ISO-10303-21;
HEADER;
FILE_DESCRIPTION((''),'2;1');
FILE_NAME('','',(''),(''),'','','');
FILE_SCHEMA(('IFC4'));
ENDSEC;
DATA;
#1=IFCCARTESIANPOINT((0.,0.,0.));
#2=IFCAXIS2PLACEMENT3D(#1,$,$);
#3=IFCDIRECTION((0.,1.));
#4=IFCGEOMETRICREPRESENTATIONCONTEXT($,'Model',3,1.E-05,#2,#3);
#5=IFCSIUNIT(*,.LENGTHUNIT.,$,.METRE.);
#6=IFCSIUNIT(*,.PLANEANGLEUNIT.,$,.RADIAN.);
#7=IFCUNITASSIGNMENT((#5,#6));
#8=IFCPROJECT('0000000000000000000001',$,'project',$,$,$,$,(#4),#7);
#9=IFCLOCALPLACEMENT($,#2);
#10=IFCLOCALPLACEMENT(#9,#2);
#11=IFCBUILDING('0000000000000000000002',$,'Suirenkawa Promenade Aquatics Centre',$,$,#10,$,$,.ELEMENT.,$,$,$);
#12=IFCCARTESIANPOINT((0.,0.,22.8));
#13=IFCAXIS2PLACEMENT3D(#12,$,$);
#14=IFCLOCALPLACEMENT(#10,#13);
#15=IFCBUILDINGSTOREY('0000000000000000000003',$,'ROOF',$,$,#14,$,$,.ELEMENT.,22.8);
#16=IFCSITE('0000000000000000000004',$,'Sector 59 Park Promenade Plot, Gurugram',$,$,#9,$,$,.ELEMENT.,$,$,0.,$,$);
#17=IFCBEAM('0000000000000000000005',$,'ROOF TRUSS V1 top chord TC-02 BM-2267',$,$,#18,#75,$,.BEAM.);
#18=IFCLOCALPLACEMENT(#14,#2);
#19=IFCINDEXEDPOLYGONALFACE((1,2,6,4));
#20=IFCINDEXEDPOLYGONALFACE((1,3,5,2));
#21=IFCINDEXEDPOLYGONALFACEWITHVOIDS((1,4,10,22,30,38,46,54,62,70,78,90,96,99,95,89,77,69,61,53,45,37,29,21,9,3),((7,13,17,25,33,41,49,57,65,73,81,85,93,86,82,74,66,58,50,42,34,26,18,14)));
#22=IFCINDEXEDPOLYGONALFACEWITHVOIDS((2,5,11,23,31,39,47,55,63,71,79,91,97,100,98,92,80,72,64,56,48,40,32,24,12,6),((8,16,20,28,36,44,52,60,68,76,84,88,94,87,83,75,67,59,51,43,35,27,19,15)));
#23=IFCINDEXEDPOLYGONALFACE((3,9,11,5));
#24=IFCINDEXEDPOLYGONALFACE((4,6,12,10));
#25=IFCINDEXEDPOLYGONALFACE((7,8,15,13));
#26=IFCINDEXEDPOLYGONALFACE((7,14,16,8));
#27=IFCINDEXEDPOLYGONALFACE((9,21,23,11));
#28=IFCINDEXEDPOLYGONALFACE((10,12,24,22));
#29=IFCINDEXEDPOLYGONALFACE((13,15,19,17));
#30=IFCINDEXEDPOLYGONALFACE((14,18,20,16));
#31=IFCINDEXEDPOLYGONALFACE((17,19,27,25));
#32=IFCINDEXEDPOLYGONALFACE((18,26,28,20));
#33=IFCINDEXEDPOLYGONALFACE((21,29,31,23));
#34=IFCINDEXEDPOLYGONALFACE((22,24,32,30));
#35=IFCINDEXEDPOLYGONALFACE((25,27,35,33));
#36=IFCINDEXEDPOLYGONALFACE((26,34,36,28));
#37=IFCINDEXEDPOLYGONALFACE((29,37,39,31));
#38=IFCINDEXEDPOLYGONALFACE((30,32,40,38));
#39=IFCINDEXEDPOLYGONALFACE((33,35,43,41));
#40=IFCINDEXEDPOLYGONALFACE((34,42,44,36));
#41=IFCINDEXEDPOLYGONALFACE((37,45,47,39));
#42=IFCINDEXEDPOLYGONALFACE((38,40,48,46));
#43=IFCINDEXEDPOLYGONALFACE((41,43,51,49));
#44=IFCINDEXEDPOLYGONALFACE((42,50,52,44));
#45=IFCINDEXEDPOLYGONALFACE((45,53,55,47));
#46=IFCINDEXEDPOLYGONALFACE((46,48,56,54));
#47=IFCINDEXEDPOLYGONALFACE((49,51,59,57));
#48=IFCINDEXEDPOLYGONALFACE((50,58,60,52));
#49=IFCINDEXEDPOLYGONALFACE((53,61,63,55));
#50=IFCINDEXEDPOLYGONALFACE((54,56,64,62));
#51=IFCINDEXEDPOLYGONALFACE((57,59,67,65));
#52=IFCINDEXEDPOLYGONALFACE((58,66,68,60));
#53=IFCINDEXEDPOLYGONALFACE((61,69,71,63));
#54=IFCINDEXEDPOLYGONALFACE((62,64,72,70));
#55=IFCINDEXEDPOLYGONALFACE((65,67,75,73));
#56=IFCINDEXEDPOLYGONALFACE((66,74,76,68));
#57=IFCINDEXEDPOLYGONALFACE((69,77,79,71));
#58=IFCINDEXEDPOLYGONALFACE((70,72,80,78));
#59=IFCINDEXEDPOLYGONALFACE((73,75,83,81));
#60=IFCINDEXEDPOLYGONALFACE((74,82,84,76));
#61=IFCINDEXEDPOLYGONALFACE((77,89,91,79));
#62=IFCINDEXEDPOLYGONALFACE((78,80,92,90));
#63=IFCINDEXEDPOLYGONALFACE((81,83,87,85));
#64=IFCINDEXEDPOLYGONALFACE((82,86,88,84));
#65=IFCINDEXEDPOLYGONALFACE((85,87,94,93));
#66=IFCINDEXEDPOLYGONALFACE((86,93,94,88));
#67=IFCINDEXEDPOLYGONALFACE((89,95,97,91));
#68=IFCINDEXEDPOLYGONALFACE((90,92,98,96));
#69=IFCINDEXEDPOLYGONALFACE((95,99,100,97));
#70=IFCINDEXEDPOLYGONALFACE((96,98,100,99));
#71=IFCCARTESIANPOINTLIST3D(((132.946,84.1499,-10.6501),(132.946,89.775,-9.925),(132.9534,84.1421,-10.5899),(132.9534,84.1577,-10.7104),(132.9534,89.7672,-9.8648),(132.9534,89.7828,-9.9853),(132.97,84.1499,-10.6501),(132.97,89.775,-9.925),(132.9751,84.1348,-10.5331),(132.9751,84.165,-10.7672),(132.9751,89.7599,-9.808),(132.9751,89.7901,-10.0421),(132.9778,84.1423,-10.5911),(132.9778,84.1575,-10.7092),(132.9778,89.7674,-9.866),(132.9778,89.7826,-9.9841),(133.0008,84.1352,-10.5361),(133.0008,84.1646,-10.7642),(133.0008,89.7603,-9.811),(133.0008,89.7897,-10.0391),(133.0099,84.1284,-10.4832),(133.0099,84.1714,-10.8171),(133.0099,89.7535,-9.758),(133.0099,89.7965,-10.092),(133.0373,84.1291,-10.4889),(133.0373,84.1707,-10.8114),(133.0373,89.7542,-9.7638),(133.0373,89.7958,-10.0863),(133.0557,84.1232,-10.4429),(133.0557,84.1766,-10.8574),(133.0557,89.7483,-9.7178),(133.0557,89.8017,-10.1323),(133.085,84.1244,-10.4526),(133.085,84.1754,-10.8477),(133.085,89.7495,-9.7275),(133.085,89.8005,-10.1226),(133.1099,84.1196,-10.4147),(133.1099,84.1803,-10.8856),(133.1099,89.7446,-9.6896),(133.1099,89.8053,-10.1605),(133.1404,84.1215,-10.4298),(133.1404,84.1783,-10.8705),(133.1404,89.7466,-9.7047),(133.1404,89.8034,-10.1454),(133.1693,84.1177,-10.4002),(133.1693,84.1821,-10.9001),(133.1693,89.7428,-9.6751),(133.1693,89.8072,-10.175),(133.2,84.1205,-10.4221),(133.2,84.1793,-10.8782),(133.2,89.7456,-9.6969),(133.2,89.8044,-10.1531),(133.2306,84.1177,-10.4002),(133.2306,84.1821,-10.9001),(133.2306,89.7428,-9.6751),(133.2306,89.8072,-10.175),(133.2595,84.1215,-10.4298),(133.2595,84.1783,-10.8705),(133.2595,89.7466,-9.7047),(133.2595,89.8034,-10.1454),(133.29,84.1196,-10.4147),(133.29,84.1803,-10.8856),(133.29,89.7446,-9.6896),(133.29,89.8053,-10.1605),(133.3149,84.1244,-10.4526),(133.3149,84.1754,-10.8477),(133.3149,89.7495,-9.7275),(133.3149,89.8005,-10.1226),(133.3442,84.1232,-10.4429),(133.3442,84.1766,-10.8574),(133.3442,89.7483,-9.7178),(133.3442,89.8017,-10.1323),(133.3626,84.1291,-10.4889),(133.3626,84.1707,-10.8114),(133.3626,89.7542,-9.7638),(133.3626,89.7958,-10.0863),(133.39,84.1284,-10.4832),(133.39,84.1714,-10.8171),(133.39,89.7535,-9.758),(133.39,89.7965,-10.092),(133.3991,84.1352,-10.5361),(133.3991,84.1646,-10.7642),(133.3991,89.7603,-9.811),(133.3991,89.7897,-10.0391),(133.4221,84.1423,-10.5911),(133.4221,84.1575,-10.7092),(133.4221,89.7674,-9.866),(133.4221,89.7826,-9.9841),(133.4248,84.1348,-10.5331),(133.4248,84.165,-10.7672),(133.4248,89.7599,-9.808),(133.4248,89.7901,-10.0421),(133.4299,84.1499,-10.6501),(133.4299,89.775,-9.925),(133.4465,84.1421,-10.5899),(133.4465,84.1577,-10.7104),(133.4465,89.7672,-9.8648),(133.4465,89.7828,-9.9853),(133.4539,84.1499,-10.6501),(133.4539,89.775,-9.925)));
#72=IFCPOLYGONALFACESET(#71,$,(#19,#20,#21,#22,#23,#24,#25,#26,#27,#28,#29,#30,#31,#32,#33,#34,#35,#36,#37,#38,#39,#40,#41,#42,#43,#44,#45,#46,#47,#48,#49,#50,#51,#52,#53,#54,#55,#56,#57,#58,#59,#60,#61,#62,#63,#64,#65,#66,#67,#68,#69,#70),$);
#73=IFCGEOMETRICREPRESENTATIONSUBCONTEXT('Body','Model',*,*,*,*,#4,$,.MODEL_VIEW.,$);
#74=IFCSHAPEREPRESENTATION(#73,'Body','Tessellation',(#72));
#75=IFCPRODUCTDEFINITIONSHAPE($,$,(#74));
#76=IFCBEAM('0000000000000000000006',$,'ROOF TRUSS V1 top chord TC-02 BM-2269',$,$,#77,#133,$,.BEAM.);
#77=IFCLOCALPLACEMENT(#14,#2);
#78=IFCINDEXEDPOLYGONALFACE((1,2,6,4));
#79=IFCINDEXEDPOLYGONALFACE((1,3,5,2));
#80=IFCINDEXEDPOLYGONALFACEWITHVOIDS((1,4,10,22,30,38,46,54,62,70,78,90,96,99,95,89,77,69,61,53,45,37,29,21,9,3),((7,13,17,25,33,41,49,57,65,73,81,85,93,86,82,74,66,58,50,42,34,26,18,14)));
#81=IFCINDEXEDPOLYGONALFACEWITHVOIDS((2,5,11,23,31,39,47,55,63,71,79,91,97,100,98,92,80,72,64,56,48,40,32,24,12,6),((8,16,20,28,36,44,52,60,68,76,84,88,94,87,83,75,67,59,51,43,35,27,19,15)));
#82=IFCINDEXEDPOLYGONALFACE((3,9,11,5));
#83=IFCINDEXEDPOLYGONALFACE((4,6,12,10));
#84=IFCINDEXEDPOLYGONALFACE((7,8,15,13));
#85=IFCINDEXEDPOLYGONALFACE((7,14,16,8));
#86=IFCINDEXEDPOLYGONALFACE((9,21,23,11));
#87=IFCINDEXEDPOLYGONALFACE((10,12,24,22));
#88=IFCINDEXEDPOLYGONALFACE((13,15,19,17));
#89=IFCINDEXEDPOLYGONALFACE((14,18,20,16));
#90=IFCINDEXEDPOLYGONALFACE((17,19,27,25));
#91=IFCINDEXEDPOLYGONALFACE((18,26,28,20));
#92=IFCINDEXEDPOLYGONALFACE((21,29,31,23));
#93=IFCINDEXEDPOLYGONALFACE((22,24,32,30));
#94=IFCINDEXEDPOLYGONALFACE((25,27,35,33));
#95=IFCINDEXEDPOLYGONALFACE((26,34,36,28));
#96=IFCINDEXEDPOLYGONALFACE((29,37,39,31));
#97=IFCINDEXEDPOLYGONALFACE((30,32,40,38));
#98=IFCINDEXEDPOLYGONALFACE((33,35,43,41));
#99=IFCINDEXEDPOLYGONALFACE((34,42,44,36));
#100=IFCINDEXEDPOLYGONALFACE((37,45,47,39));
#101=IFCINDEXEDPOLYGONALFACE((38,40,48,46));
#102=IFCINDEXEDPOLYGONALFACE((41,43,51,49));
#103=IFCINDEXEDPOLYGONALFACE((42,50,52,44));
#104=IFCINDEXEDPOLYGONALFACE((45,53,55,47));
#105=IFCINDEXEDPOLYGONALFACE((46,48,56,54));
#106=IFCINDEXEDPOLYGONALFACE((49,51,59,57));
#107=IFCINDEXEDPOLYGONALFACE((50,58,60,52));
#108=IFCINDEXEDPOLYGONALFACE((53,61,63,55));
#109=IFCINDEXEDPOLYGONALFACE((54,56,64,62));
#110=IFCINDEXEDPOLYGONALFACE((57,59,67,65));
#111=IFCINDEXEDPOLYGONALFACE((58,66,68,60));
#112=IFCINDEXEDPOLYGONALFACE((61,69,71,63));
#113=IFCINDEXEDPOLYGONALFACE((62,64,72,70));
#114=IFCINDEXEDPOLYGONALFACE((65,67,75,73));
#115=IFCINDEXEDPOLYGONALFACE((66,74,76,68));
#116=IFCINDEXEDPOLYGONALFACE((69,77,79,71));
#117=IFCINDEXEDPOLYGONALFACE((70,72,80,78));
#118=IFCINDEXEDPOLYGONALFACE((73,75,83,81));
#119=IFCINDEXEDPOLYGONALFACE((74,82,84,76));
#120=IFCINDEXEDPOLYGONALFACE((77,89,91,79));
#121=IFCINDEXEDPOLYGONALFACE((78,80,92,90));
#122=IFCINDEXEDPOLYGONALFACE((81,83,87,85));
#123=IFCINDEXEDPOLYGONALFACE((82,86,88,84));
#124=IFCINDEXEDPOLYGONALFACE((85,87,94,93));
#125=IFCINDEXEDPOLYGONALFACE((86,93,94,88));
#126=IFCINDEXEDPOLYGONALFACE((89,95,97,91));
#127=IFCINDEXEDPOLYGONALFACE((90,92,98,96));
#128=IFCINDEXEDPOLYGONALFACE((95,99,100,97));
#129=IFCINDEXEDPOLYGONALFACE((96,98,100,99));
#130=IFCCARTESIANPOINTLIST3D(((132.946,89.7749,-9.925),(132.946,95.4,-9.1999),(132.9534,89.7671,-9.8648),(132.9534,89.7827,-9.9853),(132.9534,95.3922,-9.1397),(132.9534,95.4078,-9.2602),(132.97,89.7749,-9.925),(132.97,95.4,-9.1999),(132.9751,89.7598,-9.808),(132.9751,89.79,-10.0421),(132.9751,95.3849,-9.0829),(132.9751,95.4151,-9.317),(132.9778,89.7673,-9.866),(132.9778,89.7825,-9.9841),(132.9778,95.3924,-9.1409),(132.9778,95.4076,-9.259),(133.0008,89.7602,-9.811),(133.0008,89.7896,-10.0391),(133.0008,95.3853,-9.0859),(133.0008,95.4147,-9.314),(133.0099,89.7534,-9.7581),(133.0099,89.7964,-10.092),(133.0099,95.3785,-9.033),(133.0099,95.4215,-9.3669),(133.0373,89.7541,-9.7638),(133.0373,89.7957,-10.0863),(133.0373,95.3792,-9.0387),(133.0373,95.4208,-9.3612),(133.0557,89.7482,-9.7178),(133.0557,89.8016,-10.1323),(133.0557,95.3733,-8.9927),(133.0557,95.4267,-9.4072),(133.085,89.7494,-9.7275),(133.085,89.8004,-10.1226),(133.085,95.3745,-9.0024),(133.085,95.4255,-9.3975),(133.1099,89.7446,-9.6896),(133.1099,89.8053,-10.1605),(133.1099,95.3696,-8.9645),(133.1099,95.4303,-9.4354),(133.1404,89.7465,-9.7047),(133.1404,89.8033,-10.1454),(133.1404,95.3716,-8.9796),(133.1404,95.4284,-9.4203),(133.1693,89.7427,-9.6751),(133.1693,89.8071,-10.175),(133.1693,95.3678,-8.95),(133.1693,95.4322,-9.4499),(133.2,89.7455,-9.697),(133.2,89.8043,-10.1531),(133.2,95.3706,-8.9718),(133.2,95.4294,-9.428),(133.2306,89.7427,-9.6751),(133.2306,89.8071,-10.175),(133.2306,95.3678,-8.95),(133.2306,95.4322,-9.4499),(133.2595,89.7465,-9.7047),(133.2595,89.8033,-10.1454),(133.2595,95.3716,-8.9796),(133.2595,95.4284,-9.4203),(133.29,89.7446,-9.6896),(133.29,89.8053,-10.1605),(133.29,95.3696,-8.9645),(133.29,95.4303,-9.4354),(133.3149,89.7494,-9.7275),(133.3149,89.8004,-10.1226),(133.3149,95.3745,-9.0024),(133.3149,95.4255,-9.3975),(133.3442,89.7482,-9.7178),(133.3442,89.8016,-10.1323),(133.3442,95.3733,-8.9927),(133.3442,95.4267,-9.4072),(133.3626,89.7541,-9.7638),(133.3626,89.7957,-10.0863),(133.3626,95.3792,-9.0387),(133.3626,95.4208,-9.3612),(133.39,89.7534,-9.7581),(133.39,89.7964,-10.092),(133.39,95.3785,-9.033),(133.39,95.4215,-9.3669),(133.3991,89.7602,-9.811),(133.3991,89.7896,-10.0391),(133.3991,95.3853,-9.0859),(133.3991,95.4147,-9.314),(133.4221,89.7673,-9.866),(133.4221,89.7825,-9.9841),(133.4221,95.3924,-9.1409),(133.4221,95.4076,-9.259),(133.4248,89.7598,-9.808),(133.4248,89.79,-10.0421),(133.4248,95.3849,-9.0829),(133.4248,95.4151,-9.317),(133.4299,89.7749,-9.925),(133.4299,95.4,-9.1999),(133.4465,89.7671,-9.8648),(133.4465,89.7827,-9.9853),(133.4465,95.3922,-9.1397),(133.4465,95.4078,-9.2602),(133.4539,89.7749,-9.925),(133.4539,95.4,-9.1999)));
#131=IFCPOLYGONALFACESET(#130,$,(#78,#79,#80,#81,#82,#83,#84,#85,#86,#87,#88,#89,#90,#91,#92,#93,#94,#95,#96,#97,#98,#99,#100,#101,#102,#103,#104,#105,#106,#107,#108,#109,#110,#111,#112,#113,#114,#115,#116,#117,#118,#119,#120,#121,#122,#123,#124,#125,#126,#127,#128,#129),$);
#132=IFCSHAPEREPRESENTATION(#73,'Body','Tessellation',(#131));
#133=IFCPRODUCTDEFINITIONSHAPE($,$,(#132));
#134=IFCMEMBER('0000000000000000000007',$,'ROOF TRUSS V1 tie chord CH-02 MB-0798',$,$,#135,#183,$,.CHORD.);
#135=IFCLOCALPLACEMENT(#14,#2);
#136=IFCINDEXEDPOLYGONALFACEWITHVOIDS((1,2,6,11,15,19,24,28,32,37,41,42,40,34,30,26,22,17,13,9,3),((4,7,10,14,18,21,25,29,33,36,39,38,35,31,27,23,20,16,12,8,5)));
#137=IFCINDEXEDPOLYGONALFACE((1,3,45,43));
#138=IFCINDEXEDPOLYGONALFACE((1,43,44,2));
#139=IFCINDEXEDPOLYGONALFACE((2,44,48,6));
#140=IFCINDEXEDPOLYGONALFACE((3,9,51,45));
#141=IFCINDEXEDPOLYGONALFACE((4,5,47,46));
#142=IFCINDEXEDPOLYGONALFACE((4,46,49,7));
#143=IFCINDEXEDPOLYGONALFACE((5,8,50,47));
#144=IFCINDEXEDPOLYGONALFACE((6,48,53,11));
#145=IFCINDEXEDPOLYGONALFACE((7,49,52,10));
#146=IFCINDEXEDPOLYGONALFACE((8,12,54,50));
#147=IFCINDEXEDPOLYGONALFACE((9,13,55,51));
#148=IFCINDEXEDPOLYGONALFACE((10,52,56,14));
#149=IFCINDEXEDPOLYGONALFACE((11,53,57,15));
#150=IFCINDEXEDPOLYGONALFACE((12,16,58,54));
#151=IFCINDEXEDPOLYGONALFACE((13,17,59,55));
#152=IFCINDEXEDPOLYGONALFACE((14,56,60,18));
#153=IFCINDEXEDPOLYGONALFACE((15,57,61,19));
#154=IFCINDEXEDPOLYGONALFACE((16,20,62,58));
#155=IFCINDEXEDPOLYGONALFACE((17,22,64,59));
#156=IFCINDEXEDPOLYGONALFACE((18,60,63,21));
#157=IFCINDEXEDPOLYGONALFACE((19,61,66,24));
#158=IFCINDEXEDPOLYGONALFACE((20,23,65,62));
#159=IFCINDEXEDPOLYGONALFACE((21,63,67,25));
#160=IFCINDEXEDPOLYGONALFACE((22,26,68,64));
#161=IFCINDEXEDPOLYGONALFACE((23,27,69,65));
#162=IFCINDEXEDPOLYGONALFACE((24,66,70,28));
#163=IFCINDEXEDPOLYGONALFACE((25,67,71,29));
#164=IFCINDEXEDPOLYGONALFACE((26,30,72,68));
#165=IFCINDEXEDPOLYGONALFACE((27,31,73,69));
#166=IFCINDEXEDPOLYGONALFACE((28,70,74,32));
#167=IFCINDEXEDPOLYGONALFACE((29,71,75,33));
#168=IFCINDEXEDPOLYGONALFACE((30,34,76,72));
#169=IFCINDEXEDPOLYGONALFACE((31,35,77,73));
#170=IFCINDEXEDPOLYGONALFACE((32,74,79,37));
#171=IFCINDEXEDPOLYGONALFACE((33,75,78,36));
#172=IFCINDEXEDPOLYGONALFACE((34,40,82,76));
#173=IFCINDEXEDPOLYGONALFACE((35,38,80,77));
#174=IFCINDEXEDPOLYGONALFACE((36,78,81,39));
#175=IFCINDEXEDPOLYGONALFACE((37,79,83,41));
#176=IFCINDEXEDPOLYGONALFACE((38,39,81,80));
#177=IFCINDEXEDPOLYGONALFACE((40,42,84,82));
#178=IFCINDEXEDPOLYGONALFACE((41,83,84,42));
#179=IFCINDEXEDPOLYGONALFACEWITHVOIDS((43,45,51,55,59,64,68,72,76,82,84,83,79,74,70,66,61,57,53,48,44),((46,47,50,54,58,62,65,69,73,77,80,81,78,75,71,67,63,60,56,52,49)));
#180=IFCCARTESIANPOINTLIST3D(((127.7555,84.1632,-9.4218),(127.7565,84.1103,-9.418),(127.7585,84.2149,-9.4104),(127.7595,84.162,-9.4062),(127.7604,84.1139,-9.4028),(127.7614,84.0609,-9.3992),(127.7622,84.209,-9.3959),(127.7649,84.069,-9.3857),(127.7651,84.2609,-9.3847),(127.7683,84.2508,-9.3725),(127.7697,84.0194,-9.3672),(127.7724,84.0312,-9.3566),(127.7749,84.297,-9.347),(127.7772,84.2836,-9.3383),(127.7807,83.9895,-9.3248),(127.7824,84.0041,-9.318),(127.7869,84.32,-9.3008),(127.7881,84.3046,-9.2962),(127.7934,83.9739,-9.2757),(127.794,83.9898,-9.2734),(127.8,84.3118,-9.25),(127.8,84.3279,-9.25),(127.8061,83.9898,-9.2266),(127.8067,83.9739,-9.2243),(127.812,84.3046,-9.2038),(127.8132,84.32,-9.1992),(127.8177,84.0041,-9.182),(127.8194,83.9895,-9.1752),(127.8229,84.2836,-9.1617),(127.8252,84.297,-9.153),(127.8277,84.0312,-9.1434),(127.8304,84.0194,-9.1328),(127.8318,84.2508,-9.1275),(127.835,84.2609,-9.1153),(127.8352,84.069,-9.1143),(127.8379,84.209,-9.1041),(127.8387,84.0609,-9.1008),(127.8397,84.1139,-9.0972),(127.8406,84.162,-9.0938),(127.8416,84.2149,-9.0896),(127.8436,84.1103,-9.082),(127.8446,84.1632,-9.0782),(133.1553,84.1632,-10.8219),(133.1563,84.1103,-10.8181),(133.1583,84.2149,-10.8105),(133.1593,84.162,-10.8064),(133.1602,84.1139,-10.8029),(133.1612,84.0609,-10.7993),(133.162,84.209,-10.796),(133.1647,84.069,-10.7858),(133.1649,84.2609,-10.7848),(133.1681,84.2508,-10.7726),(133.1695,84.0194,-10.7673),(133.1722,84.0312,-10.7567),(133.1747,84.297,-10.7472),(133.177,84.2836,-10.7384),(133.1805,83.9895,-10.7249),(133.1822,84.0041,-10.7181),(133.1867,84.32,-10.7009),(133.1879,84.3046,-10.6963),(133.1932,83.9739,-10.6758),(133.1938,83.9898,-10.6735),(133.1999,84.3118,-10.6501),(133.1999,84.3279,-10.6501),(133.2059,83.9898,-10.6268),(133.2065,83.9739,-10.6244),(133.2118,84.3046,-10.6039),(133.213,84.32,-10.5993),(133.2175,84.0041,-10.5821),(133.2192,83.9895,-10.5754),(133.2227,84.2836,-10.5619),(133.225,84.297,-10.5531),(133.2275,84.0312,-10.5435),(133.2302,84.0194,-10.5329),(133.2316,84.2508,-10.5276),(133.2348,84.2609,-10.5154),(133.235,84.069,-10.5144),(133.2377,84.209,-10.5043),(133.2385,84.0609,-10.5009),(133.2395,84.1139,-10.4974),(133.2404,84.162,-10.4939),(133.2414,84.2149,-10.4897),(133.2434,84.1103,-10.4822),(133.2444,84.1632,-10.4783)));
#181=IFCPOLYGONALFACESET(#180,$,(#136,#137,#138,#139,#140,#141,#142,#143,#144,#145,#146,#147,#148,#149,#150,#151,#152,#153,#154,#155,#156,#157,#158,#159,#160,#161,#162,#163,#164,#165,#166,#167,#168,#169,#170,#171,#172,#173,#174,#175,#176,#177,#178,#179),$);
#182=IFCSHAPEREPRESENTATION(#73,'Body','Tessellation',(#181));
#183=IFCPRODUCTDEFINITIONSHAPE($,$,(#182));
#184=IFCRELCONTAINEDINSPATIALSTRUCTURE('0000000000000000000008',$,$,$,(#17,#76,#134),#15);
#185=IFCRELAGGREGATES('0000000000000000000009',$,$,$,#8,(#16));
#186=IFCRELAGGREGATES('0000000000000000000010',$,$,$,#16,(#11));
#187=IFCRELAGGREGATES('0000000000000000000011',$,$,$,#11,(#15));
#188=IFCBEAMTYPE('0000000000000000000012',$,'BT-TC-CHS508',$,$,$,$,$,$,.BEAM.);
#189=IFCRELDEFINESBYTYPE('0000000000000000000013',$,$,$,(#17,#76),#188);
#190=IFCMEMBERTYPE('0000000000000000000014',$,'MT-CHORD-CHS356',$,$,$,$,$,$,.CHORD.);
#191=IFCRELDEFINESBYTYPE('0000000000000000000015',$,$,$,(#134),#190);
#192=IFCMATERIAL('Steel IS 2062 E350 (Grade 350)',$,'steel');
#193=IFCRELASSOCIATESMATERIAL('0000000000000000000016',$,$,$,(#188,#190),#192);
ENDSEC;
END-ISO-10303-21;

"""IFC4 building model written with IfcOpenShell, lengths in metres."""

from ifc_helpers import new_model, si_unit, direction, frame, origin, origin_2d, place, context, subcontext, project, spatial, hollow_circle, extrude, material, material_profile, profile_set, type_object, element, save


model = new_model("IFC4")

# Units and contexts
model_context = context("Model", 3, precision=1e-05, world=origin(), true_north=direction((0.0, 1.0)))
body_context = subcontext(model_context, "Body", "Model", "MODEL_VIEW")
ifc_project = project(units=[si_unit("LENGTHUNIT", "METRE"), si_unit("PLANEANGLEUNIT", "RADIAN")], contexts=[model_context])

# Site, building, storey
site_placement = place(None, origin())
site = spatial("IfcSite", under=ifc_project, at=site_placement, Name="Sector 59 Park Promenade Plot, Gurugram", CompositionType="ELEMENT", RefElevation=0.0)
building_placement = place(site_placement, origin())
building = spatial("IfcBuilding", under=site, at=building_placement, Name="Suirenkawa Promenade Aquatics Centre", CompositionType="ELEMENT")
storey_placement = place(building_placement, frame((0.0, 0.0, 22.8)))
storey = spatial("IfcBuildingStorey", under=building, at=storey_placement, Name="ROOF", CompositionType="ELEMENT", Elevation=22.8)

# Beams
ifc_material = material(Name="Steel IS 2062 E350 (Grade 350)", Category="steel")
ifc_material_profile_1 = material_profile(ifc_material, hollow_circle(Radius=0.2539, WallThickness=0.0239, at=origin_2d()), Name="CHS 508x24", Category="steel")
ifc_profile_set_1 = profile_set([ifc_material_profile_1], Name="Steel IS 2062 E350 (Grade 350)")
beam_type_1 = type_object("IfcBeamType", Name="BT-TC-CHS508", PredefinedType="BEAM", material=ifc_profile_set_1)
for number, where, z_axis, x_axis, name in (
    (1, (133.2, 84.1499, -10.6501), (0.0, 0.991794, 0.127848), (-1.0, 0.0, 0.0), "ROOF TRUSS V1 top chord TC-02 BM-2267"),
    (2, (133.2, 89.7749, -9.925), (0.0, 0.991794, 0.127848), (-1.0, 0.0, 0.0), "ROOF TRUSS V1 top chord TC-02 BM-2269"),
):
    element("IfcBeam", number, at=place(storey_placement, frame(where, z_axis=z_axis, x_axis=x_axis)), inside=storey, type_object=beam_type_1, Name=name, PredefinedType="BEAM", context=body_context, shape_type="SweptSolid", body=[
        extrude(hollow_circle(Radius=0.2539, WallThickness=0.0239, at=origin_2d()), origin(), (0.0, 0.0, 1.0), 5.6716),
    ])

# Member
ifc_material_profile_2 = material_profile(ifc_material, hollow_circle(Radius=0.178, WallThickness=0.0161, at=origin_2d()), Name="CHS 356x16", Category="steel")
ifc_profile_set_2 = profile_set([ifc_material_profile_2], Name="Steel IS 2062 E350 (Grade 350)")
member_type_1 = type_object("IfcMemberType", Name="MT-CHORD-CHS356", PredefinedType="CHORD", material=ifc_profile_set_2)
member_1_placement = place(storey_placement, frame((127.8, 84.1499, -9.25), z_axis=(0.967989, 0.0, -0.250991), x_axis=(0.0, 1.0, 0.0)))
element("IfcMember", 3, at=member_1_placement, inside=storey, type_object=member_type_1, Name="ROOF TRUSS V1 tie chord CH-02 MB-0798", PredefinedType="CHORD", context=body_context, shape_type="SweptSolid", body=[
    extrude(hollow_circle(Radius=0.178, WallThickness=0.0161, at=origin_2d()), origin(), (0.0, 0.0, 1.0), 5.5784),
])

save(model, "model.ifc")
